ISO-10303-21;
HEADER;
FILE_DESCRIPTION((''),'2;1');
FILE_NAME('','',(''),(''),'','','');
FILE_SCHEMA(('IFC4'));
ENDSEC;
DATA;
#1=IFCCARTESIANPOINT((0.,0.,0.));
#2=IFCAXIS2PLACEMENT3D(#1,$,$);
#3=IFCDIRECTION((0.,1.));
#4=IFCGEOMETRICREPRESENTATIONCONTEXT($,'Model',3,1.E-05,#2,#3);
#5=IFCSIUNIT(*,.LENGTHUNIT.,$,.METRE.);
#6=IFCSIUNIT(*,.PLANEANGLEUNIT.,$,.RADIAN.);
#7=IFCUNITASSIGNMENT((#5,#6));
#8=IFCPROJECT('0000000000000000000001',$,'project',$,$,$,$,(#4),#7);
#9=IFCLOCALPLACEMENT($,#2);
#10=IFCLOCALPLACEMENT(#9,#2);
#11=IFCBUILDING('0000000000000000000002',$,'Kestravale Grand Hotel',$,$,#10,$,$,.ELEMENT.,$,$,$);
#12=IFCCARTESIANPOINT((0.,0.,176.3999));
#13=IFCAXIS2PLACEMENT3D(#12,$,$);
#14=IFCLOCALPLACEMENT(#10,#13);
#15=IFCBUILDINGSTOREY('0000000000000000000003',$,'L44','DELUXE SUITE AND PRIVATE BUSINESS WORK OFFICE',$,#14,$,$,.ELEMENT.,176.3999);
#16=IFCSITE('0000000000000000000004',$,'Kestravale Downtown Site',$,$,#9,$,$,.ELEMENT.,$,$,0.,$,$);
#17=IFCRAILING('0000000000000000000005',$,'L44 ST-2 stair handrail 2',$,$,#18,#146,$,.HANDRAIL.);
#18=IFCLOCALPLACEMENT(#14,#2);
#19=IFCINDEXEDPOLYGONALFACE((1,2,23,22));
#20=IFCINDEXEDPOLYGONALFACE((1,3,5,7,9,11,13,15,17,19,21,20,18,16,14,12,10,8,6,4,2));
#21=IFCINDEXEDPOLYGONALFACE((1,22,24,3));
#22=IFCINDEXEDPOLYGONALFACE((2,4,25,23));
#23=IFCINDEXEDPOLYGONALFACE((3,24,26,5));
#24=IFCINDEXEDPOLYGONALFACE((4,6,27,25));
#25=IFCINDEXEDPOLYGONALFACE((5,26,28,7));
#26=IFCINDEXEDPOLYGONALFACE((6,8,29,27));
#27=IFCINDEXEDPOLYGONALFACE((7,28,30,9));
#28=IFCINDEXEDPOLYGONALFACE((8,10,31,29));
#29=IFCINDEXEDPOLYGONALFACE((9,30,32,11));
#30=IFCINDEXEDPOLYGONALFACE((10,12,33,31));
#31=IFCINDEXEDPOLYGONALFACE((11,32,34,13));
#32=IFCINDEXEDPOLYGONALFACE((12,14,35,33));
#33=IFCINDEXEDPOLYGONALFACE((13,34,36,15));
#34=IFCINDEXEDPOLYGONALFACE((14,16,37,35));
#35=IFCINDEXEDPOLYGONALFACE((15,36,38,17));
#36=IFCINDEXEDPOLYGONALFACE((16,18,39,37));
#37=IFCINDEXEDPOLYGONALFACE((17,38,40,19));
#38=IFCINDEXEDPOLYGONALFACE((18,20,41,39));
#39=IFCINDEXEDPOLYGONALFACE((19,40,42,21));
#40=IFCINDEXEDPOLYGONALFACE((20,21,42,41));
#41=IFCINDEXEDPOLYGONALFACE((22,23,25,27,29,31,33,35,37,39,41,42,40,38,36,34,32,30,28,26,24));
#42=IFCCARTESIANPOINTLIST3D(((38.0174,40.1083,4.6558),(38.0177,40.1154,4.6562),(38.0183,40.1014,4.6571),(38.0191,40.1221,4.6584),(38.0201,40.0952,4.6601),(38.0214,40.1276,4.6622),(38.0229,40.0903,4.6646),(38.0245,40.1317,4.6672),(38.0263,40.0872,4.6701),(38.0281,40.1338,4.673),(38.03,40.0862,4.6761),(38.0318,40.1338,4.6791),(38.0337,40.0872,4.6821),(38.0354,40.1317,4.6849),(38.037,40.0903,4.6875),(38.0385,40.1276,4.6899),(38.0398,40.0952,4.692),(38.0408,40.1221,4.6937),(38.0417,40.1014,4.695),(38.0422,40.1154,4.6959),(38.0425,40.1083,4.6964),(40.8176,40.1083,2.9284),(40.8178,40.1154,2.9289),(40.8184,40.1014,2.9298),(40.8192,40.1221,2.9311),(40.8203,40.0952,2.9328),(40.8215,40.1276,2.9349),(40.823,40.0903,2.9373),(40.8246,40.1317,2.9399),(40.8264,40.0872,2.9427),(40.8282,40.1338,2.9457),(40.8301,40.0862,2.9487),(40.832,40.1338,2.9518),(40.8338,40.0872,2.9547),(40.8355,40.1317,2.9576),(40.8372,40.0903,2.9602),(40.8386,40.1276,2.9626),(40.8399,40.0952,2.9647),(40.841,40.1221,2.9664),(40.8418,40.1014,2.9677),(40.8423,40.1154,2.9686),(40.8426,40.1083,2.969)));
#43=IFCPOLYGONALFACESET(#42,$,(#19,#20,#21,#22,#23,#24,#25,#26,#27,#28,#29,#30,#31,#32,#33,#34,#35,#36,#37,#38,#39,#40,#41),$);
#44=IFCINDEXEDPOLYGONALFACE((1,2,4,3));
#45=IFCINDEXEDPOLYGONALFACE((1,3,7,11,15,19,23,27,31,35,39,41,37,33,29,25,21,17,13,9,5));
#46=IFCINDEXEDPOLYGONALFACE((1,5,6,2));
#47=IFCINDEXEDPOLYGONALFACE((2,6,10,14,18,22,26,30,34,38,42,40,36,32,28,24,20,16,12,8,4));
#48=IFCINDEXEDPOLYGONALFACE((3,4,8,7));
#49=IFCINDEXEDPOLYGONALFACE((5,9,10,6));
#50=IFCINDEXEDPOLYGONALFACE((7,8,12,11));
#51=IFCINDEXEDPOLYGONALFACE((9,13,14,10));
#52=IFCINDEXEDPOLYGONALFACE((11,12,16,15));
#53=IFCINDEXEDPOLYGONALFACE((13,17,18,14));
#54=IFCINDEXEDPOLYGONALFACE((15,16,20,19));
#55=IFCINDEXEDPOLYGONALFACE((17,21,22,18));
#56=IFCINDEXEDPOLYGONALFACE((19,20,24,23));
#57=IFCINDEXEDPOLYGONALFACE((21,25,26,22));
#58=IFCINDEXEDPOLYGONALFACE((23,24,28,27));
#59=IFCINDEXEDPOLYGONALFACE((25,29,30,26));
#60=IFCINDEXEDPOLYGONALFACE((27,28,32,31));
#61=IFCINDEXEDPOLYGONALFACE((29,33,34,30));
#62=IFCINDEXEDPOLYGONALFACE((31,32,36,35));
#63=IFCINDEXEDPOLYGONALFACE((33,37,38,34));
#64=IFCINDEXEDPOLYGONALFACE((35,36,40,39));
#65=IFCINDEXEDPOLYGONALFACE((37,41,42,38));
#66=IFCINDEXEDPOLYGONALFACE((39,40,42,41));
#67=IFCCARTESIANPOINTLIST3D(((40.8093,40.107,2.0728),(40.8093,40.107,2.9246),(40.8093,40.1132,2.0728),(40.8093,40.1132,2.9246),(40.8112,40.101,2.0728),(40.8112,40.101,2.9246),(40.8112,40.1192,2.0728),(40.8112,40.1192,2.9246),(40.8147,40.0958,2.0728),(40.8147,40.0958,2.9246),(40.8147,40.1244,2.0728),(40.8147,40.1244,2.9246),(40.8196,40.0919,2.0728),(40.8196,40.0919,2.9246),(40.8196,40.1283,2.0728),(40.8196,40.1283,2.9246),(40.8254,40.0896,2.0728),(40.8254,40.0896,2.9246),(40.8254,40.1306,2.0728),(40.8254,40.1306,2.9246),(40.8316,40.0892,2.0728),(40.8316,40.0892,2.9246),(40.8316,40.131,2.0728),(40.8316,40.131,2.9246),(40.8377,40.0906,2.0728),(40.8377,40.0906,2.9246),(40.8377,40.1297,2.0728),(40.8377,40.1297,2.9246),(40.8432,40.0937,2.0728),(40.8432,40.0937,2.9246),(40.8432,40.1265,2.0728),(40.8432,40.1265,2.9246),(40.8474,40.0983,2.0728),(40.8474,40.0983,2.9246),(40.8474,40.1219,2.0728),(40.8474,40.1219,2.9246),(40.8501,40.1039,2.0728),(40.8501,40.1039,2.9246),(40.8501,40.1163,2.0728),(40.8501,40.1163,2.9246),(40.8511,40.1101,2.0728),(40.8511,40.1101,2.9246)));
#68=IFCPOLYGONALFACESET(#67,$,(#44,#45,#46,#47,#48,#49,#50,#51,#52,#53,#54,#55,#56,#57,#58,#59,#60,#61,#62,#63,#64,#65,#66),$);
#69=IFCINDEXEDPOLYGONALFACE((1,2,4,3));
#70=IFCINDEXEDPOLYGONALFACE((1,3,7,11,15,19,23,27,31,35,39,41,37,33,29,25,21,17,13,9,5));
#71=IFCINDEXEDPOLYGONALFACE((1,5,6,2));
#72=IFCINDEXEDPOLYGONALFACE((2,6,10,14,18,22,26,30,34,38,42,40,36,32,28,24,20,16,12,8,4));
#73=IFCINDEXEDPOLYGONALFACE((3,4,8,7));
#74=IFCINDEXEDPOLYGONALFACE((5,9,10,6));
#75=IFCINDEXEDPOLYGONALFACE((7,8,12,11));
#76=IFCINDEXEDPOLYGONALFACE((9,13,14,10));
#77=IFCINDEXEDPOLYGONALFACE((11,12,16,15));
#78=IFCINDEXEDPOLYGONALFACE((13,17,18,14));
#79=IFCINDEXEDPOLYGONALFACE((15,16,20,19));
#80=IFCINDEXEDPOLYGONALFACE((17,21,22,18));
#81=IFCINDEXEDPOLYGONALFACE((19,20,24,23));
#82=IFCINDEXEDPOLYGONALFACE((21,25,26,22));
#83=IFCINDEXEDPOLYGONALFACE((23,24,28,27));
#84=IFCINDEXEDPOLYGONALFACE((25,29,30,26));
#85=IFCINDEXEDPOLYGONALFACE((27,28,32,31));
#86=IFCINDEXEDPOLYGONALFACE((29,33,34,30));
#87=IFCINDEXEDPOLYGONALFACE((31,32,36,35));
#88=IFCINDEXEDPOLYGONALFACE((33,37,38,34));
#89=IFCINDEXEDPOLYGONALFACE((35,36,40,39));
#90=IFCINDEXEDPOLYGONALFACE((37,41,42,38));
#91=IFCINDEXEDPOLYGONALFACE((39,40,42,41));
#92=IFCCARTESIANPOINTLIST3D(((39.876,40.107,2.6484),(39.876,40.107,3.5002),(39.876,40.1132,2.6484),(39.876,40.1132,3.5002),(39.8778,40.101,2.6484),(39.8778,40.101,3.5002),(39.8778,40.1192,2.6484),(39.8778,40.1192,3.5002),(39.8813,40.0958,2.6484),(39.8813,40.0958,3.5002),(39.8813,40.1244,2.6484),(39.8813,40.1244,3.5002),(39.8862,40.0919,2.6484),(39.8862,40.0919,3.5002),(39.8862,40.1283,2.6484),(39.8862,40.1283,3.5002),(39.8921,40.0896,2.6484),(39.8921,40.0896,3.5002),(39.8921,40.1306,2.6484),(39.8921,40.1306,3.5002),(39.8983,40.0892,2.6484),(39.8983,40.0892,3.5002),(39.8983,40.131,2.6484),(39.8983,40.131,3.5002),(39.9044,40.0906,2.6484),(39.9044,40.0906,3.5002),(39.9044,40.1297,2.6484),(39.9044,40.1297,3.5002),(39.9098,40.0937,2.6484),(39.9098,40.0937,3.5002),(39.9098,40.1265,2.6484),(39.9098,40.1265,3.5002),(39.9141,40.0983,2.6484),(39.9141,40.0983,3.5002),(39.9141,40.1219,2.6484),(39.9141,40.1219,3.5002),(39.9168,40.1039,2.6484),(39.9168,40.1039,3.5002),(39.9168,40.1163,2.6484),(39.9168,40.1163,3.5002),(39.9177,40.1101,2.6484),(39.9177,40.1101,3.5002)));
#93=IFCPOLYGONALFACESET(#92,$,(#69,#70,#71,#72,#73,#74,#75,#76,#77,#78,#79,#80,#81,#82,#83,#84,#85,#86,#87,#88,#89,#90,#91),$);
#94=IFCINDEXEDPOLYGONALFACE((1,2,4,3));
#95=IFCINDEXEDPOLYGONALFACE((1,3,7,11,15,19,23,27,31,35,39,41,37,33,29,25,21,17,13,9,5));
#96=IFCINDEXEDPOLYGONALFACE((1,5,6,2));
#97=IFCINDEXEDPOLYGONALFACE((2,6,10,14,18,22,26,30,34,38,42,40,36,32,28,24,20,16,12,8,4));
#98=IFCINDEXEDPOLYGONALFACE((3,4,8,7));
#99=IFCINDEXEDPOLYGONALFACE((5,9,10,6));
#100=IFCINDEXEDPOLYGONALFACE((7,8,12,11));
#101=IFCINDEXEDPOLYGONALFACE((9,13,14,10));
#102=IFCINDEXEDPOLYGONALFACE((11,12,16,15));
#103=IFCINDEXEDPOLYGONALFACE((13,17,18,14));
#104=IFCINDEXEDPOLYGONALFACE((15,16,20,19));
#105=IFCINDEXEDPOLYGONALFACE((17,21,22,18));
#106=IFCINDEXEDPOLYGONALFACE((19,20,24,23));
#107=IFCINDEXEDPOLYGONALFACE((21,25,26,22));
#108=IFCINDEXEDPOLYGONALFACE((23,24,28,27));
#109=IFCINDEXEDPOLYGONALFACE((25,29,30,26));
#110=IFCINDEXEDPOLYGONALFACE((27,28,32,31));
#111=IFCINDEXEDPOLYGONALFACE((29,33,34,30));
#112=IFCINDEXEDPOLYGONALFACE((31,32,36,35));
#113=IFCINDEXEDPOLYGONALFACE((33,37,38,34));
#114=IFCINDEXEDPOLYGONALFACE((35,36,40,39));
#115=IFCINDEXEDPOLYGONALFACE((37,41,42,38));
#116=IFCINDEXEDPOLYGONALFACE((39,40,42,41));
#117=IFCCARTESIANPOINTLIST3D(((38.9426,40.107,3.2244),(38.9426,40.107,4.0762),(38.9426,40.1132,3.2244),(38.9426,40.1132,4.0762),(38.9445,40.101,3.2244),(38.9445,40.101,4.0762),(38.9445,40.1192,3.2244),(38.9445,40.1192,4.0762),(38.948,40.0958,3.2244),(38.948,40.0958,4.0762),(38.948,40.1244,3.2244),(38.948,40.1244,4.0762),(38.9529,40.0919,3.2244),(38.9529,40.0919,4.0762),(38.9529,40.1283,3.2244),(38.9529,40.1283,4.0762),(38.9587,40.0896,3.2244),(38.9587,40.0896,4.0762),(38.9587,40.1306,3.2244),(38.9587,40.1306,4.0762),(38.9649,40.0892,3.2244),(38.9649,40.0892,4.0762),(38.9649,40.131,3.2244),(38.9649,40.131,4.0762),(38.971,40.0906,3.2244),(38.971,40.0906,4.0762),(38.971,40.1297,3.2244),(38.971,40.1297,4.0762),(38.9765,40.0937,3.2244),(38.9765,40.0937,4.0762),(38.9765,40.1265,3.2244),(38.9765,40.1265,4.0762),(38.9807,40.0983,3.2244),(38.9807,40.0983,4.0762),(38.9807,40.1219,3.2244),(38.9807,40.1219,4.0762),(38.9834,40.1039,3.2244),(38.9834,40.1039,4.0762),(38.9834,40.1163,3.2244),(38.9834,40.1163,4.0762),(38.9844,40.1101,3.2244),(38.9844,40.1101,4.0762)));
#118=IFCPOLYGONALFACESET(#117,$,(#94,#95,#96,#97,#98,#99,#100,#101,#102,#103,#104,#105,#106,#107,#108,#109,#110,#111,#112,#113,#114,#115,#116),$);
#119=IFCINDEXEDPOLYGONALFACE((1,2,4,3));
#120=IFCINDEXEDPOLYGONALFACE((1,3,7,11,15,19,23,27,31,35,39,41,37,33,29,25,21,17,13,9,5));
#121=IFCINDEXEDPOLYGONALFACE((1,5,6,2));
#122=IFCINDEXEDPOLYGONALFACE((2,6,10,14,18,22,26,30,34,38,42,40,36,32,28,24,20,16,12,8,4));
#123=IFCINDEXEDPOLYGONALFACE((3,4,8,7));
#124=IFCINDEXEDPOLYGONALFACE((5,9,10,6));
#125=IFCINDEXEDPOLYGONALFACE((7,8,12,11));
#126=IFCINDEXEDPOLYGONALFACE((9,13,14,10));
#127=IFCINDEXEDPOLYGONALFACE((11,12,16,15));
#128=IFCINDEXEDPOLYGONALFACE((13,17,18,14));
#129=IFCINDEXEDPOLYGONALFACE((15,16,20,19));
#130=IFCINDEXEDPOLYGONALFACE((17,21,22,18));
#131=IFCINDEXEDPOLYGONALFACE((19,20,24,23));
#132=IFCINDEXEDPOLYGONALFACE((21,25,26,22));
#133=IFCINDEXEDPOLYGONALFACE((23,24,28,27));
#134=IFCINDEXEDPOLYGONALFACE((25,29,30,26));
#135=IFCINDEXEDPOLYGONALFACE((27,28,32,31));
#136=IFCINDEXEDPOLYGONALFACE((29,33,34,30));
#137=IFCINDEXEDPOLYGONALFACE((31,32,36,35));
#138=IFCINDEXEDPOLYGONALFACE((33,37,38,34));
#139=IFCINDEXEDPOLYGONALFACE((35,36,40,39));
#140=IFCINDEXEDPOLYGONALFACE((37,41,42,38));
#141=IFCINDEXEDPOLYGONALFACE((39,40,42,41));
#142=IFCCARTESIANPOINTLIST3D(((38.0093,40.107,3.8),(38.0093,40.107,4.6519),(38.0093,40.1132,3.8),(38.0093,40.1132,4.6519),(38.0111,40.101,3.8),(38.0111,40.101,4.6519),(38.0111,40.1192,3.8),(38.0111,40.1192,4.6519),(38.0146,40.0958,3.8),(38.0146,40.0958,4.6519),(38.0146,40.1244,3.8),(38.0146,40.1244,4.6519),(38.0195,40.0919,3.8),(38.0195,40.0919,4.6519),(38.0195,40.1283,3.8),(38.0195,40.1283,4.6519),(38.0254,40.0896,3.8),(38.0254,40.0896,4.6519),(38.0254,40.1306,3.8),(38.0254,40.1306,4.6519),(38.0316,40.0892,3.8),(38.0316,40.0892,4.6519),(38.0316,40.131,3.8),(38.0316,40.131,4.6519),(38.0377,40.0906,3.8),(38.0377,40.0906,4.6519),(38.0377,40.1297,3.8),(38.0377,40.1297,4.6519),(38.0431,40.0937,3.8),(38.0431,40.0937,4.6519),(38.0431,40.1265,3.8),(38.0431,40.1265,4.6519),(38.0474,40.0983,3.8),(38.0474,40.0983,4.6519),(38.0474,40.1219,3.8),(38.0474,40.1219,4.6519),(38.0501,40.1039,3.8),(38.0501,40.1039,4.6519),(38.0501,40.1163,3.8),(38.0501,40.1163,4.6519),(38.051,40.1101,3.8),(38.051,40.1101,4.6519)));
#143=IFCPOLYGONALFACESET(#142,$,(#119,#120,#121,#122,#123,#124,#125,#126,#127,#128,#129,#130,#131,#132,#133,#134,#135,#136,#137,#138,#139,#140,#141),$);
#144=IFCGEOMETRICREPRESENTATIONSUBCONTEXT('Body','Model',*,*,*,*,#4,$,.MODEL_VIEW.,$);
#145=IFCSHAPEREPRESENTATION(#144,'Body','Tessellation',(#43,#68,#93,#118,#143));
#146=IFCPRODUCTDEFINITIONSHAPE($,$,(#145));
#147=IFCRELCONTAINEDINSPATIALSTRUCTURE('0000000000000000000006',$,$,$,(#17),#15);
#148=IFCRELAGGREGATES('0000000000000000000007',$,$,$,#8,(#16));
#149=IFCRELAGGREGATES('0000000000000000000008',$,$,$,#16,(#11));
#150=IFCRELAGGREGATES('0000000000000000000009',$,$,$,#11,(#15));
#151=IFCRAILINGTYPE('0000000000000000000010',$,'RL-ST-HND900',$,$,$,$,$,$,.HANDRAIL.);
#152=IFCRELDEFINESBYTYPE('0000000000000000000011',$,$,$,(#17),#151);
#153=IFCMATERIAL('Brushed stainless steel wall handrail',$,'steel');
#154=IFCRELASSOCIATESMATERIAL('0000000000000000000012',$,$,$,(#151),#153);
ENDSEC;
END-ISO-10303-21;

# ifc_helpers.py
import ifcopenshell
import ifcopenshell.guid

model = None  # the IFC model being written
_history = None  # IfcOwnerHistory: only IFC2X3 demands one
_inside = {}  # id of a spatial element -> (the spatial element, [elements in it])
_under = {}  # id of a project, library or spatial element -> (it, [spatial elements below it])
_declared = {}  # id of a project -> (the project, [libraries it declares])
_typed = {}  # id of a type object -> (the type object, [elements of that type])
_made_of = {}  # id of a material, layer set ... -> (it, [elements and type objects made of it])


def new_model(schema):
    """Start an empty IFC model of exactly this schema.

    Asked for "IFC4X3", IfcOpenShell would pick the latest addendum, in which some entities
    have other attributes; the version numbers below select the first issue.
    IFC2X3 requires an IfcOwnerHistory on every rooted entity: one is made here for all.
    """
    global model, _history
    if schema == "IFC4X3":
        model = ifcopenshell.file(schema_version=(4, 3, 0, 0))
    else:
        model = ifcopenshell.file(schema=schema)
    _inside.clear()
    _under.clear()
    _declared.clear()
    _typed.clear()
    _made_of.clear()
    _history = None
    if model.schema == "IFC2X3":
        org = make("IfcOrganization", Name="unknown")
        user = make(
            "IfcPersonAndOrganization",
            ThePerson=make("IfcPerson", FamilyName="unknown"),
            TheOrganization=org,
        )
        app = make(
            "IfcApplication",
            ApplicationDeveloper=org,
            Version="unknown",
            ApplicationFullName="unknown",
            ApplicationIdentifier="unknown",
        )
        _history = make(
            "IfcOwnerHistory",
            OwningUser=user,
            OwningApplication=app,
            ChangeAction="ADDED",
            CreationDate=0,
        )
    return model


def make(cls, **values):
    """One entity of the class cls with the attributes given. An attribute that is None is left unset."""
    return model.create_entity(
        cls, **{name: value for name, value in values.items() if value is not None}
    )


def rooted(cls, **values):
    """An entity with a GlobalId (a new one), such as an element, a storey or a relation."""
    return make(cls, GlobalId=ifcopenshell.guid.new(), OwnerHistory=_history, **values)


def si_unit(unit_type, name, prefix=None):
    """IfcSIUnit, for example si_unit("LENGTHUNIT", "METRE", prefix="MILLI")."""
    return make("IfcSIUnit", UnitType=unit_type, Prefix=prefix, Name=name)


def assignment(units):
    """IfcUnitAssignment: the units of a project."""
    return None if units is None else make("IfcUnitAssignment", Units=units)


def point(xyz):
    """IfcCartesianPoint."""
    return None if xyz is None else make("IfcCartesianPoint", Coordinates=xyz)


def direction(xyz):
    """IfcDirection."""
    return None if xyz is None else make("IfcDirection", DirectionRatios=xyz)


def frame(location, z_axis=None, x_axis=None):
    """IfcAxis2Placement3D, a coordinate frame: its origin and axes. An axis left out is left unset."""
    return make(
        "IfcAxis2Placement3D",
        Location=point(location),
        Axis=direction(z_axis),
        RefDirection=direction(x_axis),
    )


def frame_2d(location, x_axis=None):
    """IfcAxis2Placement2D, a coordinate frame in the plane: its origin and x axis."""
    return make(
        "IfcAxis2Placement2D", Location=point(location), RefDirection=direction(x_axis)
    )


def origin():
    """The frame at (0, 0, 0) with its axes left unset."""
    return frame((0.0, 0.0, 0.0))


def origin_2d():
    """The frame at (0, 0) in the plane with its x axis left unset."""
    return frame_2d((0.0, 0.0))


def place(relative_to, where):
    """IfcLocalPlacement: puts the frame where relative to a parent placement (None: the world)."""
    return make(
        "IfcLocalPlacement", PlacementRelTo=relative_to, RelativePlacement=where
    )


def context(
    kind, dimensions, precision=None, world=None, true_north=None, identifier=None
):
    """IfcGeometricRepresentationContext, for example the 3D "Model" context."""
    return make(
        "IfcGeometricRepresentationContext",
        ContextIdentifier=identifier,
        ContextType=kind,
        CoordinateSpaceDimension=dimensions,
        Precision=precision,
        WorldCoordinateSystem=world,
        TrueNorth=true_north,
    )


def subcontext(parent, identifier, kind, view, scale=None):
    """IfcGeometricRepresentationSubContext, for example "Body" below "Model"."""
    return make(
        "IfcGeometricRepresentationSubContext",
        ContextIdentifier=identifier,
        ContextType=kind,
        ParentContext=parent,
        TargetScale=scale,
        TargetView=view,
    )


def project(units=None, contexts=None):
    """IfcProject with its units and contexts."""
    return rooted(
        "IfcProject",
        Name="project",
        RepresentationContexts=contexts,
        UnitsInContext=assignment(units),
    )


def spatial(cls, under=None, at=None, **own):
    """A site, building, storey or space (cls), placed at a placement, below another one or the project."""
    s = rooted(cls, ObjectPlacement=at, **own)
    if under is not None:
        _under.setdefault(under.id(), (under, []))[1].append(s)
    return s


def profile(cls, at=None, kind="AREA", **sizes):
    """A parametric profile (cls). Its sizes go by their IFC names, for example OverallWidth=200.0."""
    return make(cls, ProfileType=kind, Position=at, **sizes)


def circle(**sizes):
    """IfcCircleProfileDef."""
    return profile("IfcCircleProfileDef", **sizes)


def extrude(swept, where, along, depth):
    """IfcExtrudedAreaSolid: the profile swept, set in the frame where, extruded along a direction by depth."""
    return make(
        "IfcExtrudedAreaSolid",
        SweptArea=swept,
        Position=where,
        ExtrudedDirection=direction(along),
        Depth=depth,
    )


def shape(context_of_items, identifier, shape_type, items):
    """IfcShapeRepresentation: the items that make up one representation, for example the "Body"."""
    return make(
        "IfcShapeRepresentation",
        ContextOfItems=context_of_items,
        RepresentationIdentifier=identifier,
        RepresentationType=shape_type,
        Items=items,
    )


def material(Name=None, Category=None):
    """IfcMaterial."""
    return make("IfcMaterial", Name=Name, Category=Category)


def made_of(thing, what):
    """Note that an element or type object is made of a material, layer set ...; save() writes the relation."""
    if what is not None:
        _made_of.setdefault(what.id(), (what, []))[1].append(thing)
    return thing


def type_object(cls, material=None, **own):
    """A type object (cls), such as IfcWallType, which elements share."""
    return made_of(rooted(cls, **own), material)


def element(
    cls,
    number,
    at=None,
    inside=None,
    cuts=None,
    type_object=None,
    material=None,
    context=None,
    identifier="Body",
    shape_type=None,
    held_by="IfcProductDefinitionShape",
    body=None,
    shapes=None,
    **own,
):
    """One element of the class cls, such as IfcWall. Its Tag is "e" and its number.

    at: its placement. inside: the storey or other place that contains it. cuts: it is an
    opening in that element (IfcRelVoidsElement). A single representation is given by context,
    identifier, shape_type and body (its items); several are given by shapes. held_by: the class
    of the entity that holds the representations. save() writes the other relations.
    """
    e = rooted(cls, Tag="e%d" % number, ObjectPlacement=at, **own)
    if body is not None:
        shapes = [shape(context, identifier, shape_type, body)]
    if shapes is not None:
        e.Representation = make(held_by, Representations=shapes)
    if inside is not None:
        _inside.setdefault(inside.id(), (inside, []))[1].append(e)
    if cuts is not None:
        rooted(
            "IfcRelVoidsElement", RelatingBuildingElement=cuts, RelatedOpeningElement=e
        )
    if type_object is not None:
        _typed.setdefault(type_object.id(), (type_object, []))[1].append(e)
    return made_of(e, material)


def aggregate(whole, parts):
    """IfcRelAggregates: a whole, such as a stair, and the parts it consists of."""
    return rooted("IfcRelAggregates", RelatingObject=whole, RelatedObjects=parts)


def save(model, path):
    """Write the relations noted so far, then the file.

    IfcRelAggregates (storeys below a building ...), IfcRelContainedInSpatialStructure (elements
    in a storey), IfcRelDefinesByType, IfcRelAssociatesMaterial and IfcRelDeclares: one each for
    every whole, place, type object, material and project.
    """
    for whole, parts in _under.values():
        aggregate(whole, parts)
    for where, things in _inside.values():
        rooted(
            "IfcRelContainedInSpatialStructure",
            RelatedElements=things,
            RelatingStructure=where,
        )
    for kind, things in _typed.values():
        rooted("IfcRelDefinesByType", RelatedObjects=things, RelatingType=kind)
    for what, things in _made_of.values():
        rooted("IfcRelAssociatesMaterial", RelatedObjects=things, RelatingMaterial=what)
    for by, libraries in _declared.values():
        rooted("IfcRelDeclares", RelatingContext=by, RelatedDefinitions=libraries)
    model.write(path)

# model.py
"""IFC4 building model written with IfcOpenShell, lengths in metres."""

from ifc_helpers import new_model, si_unit, direction, frame, origin, origin_2d, place, context, subcontext, project, spatial, circle, extrude, material, type_object, element, save


model = new_model("IFC4")

# Units and contexts
model_context = context("Model", 3, precision=1e-05, world=origin(), true_north=direction((0.0, 1.0)))
body_context = subcontext(model_context, "Body", "Model", "MODEL_VIEW")
ifc_project = project(units=[si_unit("LENGTHUNIT", "METRE"), si_unit("PLANEANGLEUNIT", "RADIAN")], contexts=[model_context])

# Site, building, storey
site_placement = place(None, origin())
site = spatial("IfcSite", under=ifc_project, at=site_placement, Name="Kestravale Downtown Site", CompositionType="ELEMENT", RefElevation=0.0)
building_placement = place(site_placement, origin())
building = spatial("IfcBuilding", under=site, at=building_placement, Name="Kestravale Grand Hotel", CompositionType="ELEMENT")
storey_placement = place(building_placement, frame((0.0, 0.0, 176.3999)))
storey = spatial("IfcBuildingStorey", under=building, at=storey_placement, Name="L44", Description="DELUXE SUITE AND PRIVATE BUSINESS WORK OFFICE", CompositionType="ELEMENT", Elevation=176.3999)

# Railing
ifc_material_1 = material(Name="Brushed stainless steel wall handrail", Category="steel")
railing_type_1 = type_object("IfcRailingType", Name="RL-ST-HND900", PredefinedType="HANDRAIL", material=ifc_material_1)
railing_1_placement = place(storey_placement, frame((40.8301, 40.1101, 2.0728)))
element("IfcRailing", 1, at=railing_1_placement, inside=storey, type_object=railing_type_1, Name="L44 ST-2 stair handrail 2", PredefinedType="HANDRAIL", context=body_context, shape_type="SweptSolid", body=[
    extrude(circle(Radius=0.0239, at=origin_2d()), frame((0.0, 0.0, 0.876), z_axis=(-0.85109, 0.0, 0.52502), x_axis=(0.0, -1.0, 0.0)), (0.0, 0.0, 1.0), 3.29),
    extrude(circle(Radius=0.021, at=origin_2d()), origin(), (0.0, 0.0, 1.0), 0.8518),
    extrude(circle(Radius=0.021, at=origin_2d()), frame((-0.9333, 0.0, 0.5757)), (0.0, 0.0, 1.0), 0.8518),
    extrude(circle(Radius=0.021, at=origin_2d()), frame((-1.8667, 0.0, 1.1516)), (0.0, 0.0, 1.0), 0.8518),
    extrude(circle(Radius=0.021, at=origin_2d()), frame((-2.8, 0.0, 1.7273)), (0.0, 0.0, 1.0), 0.8518),
])

save(model, "model.ifc")
